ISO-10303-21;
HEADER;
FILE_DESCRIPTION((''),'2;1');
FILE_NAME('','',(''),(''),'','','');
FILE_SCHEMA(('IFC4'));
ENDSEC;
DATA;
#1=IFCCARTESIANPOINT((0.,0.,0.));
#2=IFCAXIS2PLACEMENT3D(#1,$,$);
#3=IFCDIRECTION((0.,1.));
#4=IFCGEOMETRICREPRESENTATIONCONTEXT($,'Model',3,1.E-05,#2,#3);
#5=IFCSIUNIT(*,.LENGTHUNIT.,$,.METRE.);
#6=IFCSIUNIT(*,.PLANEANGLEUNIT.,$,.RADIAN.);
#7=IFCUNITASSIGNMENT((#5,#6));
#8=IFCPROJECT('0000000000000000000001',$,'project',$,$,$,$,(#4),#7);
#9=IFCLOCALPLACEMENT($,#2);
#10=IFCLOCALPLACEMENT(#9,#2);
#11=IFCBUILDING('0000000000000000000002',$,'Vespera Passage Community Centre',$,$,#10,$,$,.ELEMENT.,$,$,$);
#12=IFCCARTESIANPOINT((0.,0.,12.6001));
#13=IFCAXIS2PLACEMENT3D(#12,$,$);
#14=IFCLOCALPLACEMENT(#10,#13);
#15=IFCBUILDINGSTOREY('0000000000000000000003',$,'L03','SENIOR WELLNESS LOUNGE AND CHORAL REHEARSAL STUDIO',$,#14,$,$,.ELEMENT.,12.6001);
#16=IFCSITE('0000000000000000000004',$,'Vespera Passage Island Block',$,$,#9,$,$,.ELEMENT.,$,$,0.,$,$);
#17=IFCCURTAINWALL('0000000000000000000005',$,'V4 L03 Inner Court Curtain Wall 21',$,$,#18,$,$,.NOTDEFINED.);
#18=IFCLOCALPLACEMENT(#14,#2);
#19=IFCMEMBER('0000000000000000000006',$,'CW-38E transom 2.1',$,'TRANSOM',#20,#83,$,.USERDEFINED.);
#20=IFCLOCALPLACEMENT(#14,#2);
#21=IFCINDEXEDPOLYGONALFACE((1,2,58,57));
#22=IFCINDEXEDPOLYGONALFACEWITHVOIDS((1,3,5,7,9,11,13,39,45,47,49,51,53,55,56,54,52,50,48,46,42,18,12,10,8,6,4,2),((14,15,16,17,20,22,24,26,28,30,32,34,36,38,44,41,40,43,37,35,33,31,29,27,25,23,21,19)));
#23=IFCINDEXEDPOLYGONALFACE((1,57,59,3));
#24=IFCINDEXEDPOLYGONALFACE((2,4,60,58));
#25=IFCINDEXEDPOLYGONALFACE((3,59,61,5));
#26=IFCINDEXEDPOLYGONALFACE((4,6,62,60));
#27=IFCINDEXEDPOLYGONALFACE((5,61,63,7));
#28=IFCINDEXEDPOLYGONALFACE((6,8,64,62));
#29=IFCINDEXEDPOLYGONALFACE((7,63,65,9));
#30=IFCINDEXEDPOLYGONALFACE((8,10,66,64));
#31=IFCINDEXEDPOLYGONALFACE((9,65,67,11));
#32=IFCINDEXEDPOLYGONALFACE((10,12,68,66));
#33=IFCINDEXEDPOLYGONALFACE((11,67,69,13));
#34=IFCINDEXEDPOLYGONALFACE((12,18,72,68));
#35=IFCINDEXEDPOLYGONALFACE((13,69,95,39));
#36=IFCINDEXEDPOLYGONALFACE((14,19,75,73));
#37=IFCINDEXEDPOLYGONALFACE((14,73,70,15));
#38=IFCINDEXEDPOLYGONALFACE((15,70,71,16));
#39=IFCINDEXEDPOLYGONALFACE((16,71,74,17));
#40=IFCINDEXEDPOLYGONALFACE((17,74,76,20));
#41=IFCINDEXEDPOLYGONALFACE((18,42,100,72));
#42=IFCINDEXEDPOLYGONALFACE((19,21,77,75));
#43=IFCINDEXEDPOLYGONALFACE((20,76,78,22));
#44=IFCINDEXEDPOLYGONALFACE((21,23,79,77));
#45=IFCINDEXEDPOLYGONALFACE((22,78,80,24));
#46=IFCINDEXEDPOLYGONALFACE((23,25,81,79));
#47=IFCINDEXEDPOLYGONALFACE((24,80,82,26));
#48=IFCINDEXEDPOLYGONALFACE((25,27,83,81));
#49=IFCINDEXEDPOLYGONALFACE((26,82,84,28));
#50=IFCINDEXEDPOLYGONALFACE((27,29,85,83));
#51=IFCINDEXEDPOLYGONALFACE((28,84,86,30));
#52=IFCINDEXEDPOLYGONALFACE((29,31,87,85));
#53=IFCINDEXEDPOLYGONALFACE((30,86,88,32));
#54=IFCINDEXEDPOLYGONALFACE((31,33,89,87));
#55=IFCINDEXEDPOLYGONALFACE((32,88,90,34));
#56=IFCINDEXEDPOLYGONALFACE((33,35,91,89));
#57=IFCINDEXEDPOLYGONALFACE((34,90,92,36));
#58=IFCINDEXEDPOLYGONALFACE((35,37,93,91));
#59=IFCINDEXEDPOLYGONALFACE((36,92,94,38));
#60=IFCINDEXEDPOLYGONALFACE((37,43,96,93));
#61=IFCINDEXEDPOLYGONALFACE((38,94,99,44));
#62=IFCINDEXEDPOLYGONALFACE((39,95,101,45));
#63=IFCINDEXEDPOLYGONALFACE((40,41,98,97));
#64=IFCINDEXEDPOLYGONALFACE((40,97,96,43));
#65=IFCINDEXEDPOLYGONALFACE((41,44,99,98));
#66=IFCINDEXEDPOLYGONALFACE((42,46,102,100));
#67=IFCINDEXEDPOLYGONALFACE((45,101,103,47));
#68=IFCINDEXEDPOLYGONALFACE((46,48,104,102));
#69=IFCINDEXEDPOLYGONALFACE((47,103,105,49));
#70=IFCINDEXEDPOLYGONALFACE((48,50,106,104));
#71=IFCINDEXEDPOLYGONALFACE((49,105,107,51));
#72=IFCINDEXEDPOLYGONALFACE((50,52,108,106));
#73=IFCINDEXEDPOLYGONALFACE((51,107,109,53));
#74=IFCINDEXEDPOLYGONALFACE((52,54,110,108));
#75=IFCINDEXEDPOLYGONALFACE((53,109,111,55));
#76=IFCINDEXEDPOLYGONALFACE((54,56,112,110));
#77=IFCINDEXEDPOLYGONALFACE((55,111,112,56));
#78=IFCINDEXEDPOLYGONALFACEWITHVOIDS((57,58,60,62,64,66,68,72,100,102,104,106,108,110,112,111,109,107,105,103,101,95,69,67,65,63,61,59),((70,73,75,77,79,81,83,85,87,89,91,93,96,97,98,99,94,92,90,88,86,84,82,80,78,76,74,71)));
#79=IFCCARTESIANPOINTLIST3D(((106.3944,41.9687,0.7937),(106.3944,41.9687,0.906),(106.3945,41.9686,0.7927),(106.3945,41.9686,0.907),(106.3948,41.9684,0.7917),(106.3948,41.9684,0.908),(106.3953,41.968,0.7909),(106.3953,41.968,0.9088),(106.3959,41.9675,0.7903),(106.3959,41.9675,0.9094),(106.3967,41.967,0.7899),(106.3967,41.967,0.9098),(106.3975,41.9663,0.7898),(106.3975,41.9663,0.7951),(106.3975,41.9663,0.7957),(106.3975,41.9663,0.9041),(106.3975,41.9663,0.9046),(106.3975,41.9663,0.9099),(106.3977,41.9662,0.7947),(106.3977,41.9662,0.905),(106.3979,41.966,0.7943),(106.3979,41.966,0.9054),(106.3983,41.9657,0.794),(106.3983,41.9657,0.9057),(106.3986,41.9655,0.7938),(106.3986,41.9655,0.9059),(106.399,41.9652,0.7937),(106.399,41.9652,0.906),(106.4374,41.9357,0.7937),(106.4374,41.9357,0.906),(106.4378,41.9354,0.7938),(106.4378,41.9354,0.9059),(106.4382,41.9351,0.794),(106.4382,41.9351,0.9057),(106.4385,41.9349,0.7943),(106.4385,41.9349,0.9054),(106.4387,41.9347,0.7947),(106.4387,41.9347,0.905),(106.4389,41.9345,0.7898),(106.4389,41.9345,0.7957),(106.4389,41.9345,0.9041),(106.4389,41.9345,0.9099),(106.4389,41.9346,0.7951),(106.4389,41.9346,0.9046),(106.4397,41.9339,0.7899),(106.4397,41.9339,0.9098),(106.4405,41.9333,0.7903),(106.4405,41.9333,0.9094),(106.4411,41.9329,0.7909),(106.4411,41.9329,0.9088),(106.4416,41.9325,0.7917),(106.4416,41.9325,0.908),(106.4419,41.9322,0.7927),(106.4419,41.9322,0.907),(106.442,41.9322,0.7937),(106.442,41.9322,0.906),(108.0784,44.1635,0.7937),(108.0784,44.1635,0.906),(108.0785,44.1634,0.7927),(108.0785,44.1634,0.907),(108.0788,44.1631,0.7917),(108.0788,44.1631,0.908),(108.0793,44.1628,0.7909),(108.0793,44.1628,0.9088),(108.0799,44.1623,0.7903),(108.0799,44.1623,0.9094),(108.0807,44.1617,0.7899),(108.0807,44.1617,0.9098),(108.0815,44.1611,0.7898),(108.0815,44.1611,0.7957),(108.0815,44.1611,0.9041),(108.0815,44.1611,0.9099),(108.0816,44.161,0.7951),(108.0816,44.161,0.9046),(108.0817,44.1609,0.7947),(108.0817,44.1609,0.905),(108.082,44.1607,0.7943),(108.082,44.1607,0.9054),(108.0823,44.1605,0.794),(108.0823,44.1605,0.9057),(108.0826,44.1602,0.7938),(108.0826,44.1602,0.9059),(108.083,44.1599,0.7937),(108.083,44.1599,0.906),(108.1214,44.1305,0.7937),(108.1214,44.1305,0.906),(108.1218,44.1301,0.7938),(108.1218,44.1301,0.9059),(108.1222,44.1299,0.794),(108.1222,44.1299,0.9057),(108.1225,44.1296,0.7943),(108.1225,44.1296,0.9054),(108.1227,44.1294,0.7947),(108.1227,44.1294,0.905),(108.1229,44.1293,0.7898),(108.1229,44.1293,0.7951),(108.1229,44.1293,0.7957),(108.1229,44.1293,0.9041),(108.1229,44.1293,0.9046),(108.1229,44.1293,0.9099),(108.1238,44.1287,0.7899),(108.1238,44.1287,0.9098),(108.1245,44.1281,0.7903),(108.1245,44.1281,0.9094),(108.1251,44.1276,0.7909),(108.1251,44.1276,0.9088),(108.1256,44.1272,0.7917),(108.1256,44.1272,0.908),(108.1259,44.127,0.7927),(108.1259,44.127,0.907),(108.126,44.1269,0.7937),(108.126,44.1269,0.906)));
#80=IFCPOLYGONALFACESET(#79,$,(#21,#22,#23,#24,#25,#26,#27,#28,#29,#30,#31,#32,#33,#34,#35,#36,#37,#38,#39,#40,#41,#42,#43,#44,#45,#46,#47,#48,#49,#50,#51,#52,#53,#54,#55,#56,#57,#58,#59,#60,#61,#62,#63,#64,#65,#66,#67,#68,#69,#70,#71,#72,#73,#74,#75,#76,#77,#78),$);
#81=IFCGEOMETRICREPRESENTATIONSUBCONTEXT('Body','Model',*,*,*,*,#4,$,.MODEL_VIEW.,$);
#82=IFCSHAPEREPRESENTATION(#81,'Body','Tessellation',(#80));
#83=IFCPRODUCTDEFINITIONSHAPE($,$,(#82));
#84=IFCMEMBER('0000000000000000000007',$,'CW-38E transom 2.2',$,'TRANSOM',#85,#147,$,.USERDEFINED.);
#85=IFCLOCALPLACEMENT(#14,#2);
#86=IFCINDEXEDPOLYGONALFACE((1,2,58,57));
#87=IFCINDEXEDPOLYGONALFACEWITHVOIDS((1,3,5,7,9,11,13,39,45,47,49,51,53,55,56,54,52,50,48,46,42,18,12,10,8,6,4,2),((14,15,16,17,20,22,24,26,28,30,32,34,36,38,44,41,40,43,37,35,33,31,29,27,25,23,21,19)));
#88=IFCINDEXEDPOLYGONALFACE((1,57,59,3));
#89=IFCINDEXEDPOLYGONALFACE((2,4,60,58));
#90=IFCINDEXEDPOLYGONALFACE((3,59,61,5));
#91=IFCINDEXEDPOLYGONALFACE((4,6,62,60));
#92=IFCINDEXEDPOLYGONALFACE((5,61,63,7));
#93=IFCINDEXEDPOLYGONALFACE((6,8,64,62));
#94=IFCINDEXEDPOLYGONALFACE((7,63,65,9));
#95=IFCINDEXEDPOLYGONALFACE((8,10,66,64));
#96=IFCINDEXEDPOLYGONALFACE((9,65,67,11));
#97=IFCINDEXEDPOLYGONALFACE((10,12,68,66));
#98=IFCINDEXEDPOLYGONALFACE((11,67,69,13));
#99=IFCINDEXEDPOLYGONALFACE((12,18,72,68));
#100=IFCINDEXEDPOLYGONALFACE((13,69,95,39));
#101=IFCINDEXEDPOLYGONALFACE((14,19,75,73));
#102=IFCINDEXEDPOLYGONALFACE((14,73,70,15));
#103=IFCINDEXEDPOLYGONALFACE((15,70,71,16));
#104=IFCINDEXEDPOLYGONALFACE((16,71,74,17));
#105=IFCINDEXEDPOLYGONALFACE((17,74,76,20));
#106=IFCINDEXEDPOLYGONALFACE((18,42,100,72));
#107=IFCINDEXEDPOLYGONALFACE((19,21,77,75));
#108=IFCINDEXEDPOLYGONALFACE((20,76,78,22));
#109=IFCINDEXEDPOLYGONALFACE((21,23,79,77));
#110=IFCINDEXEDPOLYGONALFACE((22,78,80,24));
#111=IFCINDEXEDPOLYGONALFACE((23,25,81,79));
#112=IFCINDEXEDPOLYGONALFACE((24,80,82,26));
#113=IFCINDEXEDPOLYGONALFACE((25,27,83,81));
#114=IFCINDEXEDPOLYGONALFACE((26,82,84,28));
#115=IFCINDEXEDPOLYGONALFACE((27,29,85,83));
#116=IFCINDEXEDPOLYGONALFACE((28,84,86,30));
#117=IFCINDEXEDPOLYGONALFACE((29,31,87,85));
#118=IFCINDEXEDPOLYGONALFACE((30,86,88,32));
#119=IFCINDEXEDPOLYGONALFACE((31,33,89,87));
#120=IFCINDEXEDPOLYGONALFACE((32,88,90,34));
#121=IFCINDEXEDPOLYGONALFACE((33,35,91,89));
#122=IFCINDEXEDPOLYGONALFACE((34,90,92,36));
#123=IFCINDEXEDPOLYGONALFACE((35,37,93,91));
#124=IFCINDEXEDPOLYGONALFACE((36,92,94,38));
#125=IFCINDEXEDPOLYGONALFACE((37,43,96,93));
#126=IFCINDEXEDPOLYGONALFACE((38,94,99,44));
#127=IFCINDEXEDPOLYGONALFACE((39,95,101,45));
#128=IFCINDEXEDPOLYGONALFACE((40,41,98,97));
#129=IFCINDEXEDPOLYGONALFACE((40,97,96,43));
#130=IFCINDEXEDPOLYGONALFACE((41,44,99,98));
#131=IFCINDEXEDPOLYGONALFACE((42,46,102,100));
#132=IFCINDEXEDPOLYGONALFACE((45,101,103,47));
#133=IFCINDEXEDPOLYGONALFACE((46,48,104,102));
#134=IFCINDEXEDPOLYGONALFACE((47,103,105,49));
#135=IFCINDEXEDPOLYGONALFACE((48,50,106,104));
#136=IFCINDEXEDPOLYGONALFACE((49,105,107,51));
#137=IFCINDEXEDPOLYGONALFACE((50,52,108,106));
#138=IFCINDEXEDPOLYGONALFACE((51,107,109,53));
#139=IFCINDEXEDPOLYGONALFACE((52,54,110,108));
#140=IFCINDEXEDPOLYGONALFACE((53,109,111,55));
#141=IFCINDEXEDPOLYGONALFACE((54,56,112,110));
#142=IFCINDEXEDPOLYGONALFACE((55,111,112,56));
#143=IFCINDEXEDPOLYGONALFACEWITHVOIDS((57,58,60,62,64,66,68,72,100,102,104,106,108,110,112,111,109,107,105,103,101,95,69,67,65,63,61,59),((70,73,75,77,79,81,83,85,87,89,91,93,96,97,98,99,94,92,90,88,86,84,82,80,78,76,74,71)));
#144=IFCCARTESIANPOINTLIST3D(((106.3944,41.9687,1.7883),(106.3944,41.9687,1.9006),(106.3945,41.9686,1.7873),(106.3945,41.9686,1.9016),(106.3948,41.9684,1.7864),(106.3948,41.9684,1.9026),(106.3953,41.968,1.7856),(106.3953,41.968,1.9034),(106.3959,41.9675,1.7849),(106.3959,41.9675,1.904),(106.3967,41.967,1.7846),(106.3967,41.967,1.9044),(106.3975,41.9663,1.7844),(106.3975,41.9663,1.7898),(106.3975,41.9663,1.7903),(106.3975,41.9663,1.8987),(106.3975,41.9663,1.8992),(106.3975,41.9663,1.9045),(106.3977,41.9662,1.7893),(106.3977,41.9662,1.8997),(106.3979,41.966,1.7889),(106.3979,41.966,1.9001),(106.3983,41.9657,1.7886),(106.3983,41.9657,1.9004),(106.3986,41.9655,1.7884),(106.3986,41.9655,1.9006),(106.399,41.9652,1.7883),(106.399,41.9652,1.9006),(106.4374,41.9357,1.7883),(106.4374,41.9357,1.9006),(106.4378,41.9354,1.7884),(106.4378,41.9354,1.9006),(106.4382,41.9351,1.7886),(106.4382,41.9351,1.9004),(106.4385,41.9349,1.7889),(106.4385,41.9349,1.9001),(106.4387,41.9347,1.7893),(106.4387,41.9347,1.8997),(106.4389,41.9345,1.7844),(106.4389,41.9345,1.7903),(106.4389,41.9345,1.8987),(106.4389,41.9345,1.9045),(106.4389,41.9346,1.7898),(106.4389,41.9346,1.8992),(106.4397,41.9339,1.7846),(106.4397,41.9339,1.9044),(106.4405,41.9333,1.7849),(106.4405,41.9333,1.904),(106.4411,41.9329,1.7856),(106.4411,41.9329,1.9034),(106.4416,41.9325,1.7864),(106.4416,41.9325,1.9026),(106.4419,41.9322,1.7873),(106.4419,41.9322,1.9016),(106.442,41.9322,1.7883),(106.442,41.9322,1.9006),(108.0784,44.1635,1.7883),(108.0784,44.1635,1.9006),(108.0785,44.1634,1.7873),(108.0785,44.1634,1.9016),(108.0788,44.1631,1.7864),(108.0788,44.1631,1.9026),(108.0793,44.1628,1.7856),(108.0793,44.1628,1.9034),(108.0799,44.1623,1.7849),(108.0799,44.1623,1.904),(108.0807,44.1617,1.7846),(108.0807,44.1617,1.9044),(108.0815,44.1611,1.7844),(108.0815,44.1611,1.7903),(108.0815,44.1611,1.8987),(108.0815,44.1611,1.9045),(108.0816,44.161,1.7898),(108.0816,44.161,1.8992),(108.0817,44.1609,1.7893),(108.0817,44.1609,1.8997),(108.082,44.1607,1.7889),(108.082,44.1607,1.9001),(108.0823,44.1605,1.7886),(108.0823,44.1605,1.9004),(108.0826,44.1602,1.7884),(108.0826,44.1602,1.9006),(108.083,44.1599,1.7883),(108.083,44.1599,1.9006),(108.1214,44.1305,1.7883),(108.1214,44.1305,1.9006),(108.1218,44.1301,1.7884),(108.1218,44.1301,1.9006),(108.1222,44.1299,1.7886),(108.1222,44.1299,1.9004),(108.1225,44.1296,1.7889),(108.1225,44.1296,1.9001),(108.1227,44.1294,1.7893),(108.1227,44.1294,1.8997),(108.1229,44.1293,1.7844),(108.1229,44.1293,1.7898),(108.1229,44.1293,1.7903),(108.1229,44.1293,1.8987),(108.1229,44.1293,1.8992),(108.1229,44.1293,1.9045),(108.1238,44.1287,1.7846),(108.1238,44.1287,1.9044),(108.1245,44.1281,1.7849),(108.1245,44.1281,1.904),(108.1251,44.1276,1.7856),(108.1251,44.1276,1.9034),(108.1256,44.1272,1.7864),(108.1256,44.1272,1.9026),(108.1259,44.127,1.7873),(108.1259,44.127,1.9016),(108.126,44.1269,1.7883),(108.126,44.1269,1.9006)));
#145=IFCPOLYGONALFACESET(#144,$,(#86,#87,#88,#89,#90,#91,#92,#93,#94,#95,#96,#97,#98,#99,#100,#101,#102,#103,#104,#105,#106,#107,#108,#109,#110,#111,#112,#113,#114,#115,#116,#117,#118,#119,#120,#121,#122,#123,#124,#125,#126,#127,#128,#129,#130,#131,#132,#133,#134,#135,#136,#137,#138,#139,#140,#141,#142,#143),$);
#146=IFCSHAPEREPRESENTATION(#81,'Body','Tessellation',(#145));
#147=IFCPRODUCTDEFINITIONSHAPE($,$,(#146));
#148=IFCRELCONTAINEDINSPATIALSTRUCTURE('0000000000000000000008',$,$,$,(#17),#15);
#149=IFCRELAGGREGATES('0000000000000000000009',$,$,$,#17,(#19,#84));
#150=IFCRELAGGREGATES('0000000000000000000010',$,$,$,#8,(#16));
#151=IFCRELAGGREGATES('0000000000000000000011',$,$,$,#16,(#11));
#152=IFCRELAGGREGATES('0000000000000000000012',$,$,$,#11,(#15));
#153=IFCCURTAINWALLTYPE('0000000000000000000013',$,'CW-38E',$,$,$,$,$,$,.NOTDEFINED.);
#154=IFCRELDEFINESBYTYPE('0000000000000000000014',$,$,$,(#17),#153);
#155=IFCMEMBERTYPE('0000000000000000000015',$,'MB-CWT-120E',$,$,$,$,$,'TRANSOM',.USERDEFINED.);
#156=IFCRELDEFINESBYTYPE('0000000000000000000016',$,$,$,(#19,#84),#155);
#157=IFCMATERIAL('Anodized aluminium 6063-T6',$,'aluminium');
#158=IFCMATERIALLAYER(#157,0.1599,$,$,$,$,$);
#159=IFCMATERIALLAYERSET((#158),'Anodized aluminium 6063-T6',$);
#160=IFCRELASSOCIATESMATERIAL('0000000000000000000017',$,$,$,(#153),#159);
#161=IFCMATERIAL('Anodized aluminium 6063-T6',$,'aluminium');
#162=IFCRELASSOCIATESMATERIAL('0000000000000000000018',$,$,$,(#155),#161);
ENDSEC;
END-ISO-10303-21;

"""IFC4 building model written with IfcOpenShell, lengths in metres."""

from ifc_helpers import new_model, si_unit, direction, frame, origin, origin_2d, place, context, subcontext, project, spatial, hollow_rectangle, extrude, material, layer, layer_set, material_profile, profile_set, type_object, element, aggregate, save


model = new_model("IFC4")

# Units and contexts
model_context = context("Model", 3, precision=1e-05, world=origin(), true_north=direction((0.0, 1.0)))
body_context = subcontext(model_context, "Body", "Model", "MODEL_VIEW")
ifc_project = project(units=[si_unit("LENGTHUNIT", "METRE"), si_unit("PLANEANGLEUNIT", "RADIAN")], contexts=[model_context])

# Site, building, storey
site_placement = place(None, origin())
site = spatial("IfcSite", under=ifc_project, at=site_placement, Name="Vespera Passage Island Block", CompositionType="ELEMENT", RefElevation=0.0)
building_placement = place(site_placement, origin())
building = spatial("IfcBuilding", under=site, at=building_placement, Name="Vespera Passage Community Centre", CompositionType="ELEMENT")
storey_placement = place(building_placement, frame((0.0, 0.0, 12.6001)))
storey = spatial("IfcBuildingStorey", under=building, at=storey_placement, Name="L03", Description="SENIOR WELLNESS LOUNGE AND CHORAL REHEARSAL STUDIO", CompositionType="ELEMENT", Elevation=12.6001)

# Curtain wall, members
ifc_material_1 = material(Name="Anodized aluminium 6063-T6", Category="aluminium")
ifc_layer_1 = layer(ifc_material_1, 0.1599)
ifc_layer_set_1 = layer_set([ifc_layer_1], Name="Anodized aluminium 6063-T6")
curtain_wall_type = type_object("IfcCurtainWallType", Name="CW-38E", PredefinedType="NOTDEFINED", material=ifc_layer_set_1)
curtain_wall_placement = place(storey_placement, origin())
curtain_wall = element("IfcCurtainWall", 1, at=curtain_wall_placement, inside=storey, type_object=curtain_wall_type, Name="V4 L03 Inner Court Curtain Wall 21", PredefinedType="NOTDEFINED")
ifc_material_2 = material(Name="Anodized aluminium 6063-T6", Category="aluminium")
ifc_material_profile_1 = material_profile(ifc_material_2, hollow_rectangle(XDim=0.0601, YDim=0.1201, WallThickness=0.0039, InnerFilletRadius=0.002, OuterFilletRadius=0.0039, at=origin_2d()), Name="ALU120X60X4")
ifc_profile_set_1 = profile_set([ifc_material_profile_1], Name="Anodized aluminium 6063-T6")
member_type_1 = type_object("IfcMemberType", Name="MB-CWT-120E", ElementType="TRANSOM", PredefinedType="USERDEFINED", material=ifc_profile_set_1)
member_1_placement = place(storey_placement, frame((106.4182, 41.9504, 0.8499), z_axis=(0.608746, 0.793365, 0.0), x_axis=(-0.793365, 0.608746, 0.0)))
member_1 = element("IfcMember", 2, at=member_1_placement, type_object=member_type_1, Name="CW-38E transom 2.1", ObjectType="TRANSOM", PredefinedType="USERDEFINED", context=body_context, shape_type="SweptSolid", body=[
    extrude(hollow_rectangle(XDim=0.0601, YDim=0.1201, WallThickness=0.0039, InnerFilletRadius=0.002, OuterFilletRadius=0.0039, at=origin_2d()), origin(), (0.0, 0.0, 1.0), 2.7664),
])
member_2_placement = place(storey_placement, frame((106.4182, 41.9504, 1.8445), z_axis=(0.608746, 0.793365, 0.0), x_axis=(-0.793365, 0.608746, 0.0)))
member_2 = element("IfcMember", 3, at=member_2_placement, type_object=member_type_1, Name="CW-38E transom 2.2", ObjectType="TRANSOM", PredefinedType="USERDEFINED", context=body_context, shape_type="SweptSolid", body=[
    extrude(hollow_rectangle(XDim=0.0601, YDim=0.1201, WallThickness=0.0039, InnerFilletRadius=0.002, OuterFilletRadius=0.0039, at=origin_2d()), origin(), (0.0, 0.0, 1.0), 2.7664),
])
aggregate(curtain_wall, [member_1, member_2])

save(model, "model.ifc")
